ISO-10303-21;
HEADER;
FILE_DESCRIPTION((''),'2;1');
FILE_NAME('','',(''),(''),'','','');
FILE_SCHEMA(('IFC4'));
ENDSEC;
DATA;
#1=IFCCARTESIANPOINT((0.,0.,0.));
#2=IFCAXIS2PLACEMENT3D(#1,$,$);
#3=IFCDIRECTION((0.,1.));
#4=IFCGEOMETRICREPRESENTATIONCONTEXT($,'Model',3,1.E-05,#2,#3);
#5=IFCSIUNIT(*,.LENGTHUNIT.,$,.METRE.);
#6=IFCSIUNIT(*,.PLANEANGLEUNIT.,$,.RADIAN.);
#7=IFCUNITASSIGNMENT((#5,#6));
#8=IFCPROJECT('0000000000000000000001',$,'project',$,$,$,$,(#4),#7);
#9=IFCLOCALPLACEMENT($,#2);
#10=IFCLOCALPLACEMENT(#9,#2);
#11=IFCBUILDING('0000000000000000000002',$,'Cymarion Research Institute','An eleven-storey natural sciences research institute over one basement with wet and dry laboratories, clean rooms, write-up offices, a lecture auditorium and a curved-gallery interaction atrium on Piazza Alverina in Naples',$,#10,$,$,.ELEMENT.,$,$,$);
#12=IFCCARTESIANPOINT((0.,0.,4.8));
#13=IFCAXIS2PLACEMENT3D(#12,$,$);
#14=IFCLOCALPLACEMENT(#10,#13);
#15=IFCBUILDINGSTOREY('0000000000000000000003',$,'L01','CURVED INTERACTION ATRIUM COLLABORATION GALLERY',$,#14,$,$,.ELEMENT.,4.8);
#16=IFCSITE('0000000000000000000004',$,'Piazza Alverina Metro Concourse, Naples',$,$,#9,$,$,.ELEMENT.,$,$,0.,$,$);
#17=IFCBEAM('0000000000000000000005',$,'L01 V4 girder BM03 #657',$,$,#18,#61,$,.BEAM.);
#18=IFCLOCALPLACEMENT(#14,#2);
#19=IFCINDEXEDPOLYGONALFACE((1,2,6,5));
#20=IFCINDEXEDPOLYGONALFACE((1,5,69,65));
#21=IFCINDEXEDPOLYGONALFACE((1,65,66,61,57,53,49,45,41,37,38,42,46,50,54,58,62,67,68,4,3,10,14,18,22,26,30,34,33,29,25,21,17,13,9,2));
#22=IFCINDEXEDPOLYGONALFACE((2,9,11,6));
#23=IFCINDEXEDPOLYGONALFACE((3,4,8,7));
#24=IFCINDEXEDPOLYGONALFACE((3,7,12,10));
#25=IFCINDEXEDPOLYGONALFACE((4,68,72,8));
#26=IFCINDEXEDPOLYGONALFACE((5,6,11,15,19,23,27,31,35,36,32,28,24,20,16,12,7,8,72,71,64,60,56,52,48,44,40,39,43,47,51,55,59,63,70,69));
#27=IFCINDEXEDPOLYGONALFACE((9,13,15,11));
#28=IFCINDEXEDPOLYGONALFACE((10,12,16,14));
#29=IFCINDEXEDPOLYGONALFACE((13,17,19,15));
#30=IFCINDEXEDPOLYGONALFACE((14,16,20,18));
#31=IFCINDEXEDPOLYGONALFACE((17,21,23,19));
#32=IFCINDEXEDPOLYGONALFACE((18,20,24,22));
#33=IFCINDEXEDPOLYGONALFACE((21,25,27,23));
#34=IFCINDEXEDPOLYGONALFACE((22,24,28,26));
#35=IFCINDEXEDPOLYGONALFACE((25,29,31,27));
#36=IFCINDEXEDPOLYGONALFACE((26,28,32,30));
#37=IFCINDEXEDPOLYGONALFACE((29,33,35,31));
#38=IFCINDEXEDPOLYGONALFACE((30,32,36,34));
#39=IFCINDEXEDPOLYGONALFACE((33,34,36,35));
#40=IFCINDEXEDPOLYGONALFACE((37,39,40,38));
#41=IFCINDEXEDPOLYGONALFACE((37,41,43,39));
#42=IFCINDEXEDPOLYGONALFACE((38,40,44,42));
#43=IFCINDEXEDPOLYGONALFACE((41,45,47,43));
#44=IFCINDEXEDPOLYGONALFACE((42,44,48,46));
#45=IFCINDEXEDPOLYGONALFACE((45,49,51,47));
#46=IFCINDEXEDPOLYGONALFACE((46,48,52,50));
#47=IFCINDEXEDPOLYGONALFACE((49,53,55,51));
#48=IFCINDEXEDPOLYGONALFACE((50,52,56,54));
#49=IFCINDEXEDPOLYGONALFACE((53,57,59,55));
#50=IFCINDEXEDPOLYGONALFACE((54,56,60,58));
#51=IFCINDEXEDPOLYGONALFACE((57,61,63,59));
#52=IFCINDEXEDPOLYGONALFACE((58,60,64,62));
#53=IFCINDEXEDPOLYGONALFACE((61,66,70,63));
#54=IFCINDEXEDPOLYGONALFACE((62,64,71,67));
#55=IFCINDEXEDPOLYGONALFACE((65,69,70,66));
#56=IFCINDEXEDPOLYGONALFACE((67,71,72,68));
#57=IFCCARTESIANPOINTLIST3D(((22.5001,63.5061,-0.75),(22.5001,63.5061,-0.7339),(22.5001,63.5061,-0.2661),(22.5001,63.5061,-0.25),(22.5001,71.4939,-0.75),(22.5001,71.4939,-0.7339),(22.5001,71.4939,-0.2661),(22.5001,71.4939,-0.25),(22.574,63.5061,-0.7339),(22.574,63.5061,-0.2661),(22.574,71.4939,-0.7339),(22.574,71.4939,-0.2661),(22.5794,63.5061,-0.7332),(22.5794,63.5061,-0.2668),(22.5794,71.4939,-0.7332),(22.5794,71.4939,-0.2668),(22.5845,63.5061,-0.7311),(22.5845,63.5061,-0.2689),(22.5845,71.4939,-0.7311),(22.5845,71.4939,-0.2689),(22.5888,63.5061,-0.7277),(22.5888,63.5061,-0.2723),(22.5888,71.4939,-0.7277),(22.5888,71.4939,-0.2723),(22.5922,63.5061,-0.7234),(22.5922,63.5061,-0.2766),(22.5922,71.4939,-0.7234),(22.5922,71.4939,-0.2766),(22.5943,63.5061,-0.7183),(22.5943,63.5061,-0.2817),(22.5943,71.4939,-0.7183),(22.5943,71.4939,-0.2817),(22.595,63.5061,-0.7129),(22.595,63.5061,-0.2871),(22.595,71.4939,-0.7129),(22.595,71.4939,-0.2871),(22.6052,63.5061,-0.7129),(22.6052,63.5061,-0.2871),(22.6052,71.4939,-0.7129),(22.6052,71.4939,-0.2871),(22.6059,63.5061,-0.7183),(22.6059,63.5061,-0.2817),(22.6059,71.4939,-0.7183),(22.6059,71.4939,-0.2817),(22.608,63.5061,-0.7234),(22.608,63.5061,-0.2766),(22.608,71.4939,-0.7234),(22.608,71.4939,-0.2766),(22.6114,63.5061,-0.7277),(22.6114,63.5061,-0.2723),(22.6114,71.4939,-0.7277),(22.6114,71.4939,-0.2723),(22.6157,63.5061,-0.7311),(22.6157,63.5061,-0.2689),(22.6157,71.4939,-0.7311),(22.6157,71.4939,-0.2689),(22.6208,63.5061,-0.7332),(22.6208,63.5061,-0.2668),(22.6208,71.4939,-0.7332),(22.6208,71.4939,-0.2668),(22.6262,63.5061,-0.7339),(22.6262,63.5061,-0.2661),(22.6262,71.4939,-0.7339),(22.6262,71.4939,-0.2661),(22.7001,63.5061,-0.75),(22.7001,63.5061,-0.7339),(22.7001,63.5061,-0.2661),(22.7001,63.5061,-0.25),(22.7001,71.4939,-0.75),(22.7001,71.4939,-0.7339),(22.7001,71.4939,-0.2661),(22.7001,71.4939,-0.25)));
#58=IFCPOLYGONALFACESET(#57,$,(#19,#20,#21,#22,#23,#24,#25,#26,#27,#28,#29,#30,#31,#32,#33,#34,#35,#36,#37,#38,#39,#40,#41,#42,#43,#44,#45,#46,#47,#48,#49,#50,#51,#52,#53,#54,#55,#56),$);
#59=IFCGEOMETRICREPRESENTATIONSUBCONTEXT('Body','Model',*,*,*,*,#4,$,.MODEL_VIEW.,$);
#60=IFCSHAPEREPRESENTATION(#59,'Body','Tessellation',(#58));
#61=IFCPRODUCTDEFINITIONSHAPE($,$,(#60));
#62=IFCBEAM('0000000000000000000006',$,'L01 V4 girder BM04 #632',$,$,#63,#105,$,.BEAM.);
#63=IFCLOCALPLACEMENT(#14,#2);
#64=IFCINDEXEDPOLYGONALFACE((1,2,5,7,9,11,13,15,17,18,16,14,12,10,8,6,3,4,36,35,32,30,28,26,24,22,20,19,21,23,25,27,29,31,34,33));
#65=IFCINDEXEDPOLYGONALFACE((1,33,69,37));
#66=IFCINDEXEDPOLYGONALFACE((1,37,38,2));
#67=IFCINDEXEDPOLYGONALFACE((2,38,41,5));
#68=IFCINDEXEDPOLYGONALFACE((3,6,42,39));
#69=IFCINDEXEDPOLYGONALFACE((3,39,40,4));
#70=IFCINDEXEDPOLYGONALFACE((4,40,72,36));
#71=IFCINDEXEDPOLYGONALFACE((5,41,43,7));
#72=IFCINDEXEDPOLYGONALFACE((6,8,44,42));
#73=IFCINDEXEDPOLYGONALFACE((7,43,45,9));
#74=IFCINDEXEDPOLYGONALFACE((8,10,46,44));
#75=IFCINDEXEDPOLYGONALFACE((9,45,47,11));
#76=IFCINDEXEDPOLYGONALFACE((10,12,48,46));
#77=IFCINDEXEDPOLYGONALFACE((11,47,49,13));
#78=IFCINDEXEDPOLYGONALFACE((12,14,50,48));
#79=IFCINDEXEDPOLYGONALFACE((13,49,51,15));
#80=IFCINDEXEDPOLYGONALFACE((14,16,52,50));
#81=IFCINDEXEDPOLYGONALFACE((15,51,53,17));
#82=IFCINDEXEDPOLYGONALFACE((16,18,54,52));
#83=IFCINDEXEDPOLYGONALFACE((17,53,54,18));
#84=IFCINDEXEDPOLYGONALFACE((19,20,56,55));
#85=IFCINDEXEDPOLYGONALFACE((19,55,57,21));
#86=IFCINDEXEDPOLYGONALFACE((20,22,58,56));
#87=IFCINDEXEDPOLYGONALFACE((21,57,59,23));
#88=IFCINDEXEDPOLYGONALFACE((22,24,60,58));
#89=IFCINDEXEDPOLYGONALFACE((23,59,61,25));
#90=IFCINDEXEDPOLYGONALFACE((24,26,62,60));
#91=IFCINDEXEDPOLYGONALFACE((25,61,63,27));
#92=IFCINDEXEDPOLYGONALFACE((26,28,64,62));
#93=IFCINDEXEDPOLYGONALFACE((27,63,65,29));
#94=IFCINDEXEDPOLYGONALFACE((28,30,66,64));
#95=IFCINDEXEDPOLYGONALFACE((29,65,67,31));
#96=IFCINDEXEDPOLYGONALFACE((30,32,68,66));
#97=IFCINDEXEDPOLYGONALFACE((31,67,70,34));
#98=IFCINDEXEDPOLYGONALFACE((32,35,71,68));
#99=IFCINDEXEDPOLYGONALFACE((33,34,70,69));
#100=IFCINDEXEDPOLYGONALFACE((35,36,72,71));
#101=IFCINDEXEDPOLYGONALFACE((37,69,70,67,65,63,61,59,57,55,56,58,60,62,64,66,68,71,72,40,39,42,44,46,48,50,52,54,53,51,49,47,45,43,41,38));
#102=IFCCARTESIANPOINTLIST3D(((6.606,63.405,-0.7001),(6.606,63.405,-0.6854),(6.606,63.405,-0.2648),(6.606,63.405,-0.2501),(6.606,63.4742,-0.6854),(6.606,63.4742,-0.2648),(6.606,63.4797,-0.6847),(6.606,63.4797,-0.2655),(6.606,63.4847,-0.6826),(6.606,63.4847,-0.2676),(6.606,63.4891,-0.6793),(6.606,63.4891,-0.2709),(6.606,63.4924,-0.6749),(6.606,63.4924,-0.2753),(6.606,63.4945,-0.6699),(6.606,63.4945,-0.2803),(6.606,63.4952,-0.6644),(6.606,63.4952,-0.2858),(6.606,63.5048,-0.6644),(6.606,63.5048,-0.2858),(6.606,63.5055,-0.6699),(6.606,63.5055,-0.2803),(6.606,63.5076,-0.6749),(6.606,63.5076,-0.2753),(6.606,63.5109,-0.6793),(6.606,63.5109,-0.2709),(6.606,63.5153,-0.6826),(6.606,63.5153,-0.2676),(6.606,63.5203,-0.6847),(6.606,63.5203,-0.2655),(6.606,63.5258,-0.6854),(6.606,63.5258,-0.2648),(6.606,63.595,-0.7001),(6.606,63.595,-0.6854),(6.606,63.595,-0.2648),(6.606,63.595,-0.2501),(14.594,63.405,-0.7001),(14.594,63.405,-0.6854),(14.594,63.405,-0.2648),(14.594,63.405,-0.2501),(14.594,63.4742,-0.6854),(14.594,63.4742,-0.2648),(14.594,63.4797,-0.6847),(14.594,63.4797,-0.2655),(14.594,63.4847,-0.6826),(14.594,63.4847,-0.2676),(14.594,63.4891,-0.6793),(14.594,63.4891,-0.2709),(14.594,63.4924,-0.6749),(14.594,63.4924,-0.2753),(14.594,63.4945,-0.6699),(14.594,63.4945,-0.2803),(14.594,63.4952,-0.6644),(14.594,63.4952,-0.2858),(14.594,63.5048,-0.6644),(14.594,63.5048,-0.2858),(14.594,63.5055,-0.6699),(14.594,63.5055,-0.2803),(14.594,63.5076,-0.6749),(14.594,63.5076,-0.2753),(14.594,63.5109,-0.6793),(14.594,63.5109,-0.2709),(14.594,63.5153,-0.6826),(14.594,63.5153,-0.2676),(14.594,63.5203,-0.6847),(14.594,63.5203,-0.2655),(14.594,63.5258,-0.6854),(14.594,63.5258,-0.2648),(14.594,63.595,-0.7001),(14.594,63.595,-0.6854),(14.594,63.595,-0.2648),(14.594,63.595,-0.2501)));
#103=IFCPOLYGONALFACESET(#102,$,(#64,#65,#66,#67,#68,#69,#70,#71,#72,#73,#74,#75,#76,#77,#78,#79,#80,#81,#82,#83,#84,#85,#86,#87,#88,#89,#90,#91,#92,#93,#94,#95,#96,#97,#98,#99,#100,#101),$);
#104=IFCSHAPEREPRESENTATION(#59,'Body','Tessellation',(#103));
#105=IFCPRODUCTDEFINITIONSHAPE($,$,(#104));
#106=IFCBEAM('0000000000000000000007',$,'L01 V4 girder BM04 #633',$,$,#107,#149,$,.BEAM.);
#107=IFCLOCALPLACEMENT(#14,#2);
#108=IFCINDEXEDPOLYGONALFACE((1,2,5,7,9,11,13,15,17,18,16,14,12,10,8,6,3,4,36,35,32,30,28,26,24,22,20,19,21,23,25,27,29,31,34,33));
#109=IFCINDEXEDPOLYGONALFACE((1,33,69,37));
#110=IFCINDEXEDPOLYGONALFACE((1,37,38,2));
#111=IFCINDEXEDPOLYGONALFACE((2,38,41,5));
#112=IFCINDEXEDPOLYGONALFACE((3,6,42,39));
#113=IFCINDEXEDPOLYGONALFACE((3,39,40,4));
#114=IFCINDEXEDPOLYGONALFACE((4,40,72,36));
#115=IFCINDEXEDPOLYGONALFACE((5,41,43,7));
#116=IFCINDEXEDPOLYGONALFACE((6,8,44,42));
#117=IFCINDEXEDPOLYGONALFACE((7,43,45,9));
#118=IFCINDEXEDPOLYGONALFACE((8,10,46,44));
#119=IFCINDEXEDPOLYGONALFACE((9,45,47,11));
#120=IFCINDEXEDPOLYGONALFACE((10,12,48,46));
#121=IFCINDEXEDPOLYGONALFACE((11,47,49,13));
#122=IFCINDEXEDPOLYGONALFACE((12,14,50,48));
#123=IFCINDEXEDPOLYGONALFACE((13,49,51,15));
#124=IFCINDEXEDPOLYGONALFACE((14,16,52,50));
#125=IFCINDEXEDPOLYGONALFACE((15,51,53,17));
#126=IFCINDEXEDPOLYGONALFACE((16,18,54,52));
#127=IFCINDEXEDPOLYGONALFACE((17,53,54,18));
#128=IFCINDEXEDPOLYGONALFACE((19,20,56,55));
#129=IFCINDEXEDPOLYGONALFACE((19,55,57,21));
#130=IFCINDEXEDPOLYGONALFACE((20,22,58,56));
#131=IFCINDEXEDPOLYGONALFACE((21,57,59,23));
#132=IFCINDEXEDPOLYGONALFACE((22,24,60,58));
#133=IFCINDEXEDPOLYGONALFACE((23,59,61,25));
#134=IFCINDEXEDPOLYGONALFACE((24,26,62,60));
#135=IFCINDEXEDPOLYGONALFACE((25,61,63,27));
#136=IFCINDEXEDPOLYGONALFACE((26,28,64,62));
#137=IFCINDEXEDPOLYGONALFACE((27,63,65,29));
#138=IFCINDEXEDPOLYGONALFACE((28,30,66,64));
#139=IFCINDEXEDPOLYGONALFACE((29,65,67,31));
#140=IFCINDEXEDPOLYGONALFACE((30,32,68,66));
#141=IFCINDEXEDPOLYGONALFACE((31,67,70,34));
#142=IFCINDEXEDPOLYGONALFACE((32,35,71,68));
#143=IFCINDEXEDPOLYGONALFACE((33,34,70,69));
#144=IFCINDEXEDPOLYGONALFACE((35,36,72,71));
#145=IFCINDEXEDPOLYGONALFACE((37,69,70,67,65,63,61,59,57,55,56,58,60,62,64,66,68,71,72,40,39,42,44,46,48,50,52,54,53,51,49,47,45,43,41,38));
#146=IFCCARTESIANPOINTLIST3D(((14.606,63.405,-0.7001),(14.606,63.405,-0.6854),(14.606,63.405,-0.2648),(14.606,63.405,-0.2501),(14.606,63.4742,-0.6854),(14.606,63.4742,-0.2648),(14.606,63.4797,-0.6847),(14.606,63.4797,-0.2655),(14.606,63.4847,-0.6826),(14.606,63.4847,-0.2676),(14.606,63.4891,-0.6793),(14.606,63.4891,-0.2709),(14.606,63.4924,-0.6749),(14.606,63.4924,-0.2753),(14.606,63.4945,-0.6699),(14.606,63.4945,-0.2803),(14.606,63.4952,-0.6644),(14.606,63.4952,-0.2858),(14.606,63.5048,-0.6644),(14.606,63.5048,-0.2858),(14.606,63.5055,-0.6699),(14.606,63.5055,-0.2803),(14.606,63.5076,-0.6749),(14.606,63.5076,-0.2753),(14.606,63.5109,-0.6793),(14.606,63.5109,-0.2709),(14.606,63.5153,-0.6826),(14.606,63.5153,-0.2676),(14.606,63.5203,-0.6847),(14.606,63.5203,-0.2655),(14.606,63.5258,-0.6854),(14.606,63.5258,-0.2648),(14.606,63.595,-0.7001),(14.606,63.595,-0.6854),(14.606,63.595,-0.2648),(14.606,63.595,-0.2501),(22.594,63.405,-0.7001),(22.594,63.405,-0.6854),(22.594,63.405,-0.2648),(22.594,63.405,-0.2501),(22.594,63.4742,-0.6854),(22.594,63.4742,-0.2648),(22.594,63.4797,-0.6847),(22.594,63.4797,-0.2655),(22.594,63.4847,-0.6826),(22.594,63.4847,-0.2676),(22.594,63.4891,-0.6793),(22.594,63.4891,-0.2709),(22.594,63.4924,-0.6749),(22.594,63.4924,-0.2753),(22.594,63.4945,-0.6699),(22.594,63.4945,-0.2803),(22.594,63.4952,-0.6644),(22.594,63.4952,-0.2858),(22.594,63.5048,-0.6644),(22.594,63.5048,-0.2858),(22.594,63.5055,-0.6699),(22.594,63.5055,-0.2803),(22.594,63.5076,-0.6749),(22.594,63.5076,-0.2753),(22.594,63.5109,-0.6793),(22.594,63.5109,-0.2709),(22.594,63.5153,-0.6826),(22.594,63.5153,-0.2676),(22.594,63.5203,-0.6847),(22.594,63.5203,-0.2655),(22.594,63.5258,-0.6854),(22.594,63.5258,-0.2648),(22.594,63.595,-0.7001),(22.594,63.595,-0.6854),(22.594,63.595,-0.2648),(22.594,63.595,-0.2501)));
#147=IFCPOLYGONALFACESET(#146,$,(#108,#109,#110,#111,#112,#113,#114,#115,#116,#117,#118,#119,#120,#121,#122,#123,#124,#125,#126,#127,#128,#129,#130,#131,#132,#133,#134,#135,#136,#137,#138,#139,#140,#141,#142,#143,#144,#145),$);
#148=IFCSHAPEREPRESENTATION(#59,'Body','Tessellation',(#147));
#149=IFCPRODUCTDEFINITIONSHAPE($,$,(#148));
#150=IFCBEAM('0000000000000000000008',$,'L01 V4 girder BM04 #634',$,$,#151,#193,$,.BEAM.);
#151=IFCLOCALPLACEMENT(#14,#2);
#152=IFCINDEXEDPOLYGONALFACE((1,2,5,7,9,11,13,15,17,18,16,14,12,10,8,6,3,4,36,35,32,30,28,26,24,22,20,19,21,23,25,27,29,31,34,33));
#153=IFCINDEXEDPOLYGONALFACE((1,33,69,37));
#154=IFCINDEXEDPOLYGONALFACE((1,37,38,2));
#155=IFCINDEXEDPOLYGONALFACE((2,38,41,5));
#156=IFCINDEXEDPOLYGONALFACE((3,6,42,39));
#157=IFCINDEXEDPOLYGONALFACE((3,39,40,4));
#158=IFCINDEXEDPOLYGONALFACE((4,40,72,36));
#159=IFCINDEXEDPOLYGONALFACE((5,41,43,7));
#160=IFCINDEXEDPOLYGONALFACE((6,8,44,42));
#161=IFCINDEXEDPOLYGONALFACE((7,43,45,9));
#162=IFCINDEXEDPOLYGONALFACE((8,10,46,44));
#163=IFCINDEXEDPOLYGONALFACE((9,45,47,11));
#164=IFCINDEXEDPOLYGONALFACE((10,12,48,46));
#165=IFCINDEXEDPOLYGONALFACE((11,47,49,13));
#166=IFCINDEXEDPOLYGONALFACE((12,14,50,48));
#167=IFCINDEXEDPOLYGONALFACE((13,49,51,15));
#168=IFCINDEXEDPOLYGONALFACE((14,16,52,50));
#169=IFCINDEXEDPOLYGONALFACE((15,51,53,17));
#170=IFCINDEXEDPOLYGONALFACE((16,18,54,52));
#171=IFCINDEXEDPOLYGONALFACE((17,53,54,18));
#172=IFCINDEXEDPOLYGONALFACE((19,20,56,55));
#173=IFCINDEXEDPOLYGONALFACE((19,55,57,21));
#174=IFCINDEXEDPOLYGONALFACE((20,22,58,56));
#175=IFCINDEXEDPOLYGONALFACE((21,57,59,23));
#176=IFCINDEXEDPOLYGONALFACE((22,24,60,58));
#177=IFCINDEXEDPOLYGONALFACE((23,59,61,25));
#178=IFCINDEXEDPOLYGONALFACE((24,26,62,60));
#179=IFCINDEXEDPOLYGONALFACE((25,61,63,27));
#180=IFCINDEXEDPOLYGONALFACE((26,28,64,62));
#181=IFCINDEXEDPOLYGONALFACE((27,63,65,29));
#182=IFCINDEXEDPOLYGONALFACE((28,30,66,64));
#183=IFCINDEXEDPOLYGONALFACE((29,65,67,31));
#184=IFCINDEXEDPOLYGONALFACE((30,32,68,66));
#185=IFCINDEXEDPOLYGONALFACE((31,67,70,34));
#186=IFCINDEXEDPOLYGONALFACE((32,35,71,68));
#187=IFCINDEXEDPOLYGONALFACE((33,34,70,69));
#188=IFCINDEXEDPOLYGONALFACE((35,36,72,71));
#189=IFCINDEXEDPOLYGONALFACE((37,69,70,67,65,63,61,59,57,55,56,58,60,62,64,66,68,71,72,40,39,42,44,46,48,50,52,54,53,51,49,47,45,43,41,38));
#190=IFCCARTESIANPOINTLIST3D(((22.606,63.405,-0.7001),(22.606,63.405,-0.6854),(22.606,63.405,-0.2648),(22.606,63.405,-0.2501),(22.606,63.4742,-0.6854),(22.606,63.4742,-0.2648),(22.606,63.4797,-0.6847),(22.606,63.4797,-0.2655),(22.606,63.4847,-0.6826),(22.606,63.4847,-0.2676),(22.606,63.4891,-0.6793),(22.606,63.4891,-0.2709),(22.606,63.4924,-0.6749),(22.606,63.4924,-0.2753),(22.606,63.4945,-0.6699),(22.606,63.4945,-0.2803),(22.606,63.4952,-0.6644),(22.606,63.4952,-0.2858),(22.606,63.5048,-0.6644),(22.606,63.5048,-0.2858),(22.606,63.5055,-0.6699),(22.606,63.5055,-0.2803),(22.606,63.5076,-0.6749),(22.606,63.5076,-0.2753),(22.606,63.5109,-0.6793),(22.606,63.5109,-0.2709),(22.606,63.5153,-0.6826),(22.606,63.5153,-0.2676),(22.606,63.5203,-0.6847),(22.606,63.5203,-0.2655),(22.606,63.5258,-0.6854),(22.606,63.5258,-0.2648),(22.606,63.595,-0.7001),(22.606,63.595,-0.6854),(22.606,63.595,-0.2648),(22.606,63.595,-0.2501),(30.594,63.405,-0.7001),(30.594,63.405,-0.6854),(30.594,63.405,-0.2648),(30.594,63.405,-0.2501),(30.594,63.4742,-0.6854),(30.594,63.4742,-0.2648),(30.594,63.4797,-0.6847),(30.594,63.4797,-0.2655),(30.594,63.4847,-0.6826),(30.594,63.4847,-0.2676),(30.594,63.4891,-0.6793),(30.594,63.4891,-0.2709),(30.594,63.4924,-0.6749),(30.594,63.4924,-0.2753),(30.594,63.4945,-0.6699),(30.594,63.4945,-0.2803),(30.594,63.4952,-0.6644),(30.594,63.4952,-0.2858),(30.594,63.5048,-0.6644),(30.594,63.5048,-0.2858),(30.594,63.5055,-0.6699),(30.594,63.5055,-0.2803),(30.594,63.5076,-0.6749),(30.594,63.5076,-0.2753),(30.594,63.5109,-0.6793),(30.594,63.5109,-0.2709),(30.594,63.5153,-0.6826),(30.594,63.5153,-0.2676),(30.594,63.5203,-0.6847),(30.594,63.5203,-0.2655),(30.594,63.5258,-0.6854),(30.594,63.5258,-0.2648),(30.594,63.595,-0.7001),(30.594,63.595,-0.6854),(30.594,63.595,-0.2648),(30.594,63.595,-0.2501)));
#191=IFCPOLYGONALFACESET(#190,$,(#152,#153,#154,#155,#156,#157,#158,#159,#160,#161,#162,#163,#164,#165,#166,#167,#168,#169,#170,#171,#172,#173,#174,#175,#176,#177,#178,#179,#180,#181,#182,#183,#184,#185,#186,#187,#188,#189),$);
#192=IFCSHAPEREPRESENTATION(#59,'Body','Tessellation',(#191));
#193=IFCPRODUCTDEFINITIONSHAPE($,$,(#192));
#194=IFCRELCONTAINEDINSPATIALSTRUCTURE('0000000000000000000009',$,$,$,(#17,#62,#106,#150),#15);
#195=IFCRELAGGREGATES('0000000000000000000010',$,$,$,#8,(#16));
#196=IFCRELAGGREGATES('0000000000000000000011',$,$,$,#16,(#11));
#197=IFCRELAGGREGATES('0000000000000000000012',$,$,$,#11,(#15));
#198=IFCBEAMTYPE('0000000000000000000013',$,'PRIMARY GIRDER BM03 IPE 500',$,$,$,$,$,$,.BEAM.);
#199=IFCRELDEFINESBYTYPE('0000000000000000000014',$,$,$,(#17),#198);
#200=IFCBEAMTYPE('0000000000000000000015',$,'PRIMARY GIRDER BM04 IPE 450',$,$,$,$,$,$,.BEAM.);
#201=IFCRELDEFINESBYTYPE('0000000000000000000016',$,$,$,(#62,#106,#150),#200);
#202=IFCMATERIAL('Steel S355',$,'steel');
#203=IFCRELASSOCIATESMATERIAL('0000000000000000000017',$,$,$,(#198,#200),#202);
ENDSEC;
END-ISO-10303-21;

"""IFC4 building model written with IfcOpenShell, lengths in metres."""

from ifc_helpers import new_model, si_unit, direction, frame, origin, origin_2d, place, context, subcontext, project, spatial, i_section, extrude, material, material_profile, profile_set, type_object, element, save


model = new_model("IFC4")

# Units and contexts
model_context = context("Model", 3, precision=1e-05, world=origin(), true_north=direction((0.0, 1.0)))
body_context = subcontext(model_context, "Body", "Model", "MODEL_VIEW")
ifc_project = project(units=[si_unit("LENGTHUNIT", "METRE"), si_unit("PLANEANGLEUNIT", "RADIAN")], contexts=[model_context])

# Site, building, storey
site_placement = place(None, origin())
site = spatial("IfcSite", under=ifc_project, at=site_placement, Name="Piazza Alverina Metro Concourse, Naples", CompositionType="ELEMENT", RefElevation=0.0)
building_placement = place(site_placement, origin())
building = spatial("IfcBuilding", under=site, at=building_placement, Name="Cymarion Research Institute", Description="An eleven-storey natural sciences research institute over one basement with wet and dry laboratories, clean rooms, write-up offices, a lecture auditorium and a curved-gallery interaction atrium on Piazza Alverina in Naples", CompositionType="ELEMENT")
storey_placement = place(building_placement, frame((0.0, 0.0, 4.8)))
storey = spatial("IfcBuildingStorey", under=building, at=storey_placement, Name="L01", Description="CURVED INTERACTION ATRIUM COLLABORATION GALLERY", CompositionType="ELEMENT", Elevation=4.8)

# Shared definitions
ifc_material_1 = material(Name="Steel S355", Category="steel")

# Beams
ifc_material_profile_1 = material_profile(ifc_material_1, i_section(OverallWidth=0.2, OverallDepth=0.5, WebThickness=0.0103, FlangeThickness=0.0161, FilletRadius=0.021, at=origin_2d()), Name="IPE 500")
ifc_profile_set_1 = profile_set([ifc_material_profile_1], Name="Steel S355")
beam_type_1 = type_object("IfcBeamType", Name="PRIMARY GIRDER BM03 IPE 500", PredefinedType="BEAM", material=ifc_profile_set_1)
for number, where, z_axis, x_axis, name in (
    (1, (22.6001, 63.5061, -0.5), (0.0, 1.0, 0.0), (-1.0, 0.0, 0.0), "L01 V4 girder BM03 #657"),
):
    element("IfcBeam", number, at=place(storey_placement, frame(where, z_axis=z_axis, x_axis=x_axis)), inside=storey, type_object=beam_type_1, Name=name, PredefinedType="BEAM", context=body_context, shape_type="SweptSolid", body=[
        extrude(i_section(OverallWidth=0.2, OverallDepth=0.5, WebThickness=0.0103, FlangeThickness=0.0161, FilletRadius=0.021, at=origin_2d()), origin(), (0.0, 0.0, 1.0), 7.9878),
    ])
ifc_material_profile_2 = material_profile(ifc_material_1, i_section(OverallWidth=0.1899, OverallDepth=0.45, WebThickness=0.0095, FlangeThickness=0.0146, FilletRadius=0.021, at=origin_2d()), Name="IPE 450")
ifc_profile_set_2 = profile_set([ifc_material_profile_2], Name="Steel S355")
beam_type_2 = type_object("IfcBeamType", Name="PRIMARY GIRDER BM04 IPE 450", PredefinedType="BEAM", material=ifc_profile_set_2)
for number, where, z_axis, x_axis, name in (
    (2, (6.606, 63.5, -0.4751), (1.0, 0.0, 0.0), (0.0, 1.0, 0.0), "L01 V4 girder BM04 #632"),
    (3, (14.606, 63.5, -0.4751), (1.0, 0.0, 0.0), (0.0, 1.0, 0.0), "L01 V4 girder BM04 #633"),
    (4, (22.606, 63.5, -0.4751), (1.0, 0.0, 0.0), (0.0, 1.0, 0.0), "L01 V4 girder BM04 #634"),
):
    element("IfcBeam", number, at=place(storey_placement, frame(where, z_axis=z_axis, x_axis=x_axis)), inside=storey, type_object=beam_type_2, Name=name, PredefinedType="BEAM", context=body_context, shape_type="SweptSolid", body=[
        extrude(i_section(OverallWidth=0.1899, OverallDepth=0.45, WebThickness=0.0095, FlangeThickness=0.0146, FilletRadius=0.021, at=origin_2d()), origin(), (0.0, 0.0, 1.0), 7.988),
    ])

save(model, "model.ifc")
